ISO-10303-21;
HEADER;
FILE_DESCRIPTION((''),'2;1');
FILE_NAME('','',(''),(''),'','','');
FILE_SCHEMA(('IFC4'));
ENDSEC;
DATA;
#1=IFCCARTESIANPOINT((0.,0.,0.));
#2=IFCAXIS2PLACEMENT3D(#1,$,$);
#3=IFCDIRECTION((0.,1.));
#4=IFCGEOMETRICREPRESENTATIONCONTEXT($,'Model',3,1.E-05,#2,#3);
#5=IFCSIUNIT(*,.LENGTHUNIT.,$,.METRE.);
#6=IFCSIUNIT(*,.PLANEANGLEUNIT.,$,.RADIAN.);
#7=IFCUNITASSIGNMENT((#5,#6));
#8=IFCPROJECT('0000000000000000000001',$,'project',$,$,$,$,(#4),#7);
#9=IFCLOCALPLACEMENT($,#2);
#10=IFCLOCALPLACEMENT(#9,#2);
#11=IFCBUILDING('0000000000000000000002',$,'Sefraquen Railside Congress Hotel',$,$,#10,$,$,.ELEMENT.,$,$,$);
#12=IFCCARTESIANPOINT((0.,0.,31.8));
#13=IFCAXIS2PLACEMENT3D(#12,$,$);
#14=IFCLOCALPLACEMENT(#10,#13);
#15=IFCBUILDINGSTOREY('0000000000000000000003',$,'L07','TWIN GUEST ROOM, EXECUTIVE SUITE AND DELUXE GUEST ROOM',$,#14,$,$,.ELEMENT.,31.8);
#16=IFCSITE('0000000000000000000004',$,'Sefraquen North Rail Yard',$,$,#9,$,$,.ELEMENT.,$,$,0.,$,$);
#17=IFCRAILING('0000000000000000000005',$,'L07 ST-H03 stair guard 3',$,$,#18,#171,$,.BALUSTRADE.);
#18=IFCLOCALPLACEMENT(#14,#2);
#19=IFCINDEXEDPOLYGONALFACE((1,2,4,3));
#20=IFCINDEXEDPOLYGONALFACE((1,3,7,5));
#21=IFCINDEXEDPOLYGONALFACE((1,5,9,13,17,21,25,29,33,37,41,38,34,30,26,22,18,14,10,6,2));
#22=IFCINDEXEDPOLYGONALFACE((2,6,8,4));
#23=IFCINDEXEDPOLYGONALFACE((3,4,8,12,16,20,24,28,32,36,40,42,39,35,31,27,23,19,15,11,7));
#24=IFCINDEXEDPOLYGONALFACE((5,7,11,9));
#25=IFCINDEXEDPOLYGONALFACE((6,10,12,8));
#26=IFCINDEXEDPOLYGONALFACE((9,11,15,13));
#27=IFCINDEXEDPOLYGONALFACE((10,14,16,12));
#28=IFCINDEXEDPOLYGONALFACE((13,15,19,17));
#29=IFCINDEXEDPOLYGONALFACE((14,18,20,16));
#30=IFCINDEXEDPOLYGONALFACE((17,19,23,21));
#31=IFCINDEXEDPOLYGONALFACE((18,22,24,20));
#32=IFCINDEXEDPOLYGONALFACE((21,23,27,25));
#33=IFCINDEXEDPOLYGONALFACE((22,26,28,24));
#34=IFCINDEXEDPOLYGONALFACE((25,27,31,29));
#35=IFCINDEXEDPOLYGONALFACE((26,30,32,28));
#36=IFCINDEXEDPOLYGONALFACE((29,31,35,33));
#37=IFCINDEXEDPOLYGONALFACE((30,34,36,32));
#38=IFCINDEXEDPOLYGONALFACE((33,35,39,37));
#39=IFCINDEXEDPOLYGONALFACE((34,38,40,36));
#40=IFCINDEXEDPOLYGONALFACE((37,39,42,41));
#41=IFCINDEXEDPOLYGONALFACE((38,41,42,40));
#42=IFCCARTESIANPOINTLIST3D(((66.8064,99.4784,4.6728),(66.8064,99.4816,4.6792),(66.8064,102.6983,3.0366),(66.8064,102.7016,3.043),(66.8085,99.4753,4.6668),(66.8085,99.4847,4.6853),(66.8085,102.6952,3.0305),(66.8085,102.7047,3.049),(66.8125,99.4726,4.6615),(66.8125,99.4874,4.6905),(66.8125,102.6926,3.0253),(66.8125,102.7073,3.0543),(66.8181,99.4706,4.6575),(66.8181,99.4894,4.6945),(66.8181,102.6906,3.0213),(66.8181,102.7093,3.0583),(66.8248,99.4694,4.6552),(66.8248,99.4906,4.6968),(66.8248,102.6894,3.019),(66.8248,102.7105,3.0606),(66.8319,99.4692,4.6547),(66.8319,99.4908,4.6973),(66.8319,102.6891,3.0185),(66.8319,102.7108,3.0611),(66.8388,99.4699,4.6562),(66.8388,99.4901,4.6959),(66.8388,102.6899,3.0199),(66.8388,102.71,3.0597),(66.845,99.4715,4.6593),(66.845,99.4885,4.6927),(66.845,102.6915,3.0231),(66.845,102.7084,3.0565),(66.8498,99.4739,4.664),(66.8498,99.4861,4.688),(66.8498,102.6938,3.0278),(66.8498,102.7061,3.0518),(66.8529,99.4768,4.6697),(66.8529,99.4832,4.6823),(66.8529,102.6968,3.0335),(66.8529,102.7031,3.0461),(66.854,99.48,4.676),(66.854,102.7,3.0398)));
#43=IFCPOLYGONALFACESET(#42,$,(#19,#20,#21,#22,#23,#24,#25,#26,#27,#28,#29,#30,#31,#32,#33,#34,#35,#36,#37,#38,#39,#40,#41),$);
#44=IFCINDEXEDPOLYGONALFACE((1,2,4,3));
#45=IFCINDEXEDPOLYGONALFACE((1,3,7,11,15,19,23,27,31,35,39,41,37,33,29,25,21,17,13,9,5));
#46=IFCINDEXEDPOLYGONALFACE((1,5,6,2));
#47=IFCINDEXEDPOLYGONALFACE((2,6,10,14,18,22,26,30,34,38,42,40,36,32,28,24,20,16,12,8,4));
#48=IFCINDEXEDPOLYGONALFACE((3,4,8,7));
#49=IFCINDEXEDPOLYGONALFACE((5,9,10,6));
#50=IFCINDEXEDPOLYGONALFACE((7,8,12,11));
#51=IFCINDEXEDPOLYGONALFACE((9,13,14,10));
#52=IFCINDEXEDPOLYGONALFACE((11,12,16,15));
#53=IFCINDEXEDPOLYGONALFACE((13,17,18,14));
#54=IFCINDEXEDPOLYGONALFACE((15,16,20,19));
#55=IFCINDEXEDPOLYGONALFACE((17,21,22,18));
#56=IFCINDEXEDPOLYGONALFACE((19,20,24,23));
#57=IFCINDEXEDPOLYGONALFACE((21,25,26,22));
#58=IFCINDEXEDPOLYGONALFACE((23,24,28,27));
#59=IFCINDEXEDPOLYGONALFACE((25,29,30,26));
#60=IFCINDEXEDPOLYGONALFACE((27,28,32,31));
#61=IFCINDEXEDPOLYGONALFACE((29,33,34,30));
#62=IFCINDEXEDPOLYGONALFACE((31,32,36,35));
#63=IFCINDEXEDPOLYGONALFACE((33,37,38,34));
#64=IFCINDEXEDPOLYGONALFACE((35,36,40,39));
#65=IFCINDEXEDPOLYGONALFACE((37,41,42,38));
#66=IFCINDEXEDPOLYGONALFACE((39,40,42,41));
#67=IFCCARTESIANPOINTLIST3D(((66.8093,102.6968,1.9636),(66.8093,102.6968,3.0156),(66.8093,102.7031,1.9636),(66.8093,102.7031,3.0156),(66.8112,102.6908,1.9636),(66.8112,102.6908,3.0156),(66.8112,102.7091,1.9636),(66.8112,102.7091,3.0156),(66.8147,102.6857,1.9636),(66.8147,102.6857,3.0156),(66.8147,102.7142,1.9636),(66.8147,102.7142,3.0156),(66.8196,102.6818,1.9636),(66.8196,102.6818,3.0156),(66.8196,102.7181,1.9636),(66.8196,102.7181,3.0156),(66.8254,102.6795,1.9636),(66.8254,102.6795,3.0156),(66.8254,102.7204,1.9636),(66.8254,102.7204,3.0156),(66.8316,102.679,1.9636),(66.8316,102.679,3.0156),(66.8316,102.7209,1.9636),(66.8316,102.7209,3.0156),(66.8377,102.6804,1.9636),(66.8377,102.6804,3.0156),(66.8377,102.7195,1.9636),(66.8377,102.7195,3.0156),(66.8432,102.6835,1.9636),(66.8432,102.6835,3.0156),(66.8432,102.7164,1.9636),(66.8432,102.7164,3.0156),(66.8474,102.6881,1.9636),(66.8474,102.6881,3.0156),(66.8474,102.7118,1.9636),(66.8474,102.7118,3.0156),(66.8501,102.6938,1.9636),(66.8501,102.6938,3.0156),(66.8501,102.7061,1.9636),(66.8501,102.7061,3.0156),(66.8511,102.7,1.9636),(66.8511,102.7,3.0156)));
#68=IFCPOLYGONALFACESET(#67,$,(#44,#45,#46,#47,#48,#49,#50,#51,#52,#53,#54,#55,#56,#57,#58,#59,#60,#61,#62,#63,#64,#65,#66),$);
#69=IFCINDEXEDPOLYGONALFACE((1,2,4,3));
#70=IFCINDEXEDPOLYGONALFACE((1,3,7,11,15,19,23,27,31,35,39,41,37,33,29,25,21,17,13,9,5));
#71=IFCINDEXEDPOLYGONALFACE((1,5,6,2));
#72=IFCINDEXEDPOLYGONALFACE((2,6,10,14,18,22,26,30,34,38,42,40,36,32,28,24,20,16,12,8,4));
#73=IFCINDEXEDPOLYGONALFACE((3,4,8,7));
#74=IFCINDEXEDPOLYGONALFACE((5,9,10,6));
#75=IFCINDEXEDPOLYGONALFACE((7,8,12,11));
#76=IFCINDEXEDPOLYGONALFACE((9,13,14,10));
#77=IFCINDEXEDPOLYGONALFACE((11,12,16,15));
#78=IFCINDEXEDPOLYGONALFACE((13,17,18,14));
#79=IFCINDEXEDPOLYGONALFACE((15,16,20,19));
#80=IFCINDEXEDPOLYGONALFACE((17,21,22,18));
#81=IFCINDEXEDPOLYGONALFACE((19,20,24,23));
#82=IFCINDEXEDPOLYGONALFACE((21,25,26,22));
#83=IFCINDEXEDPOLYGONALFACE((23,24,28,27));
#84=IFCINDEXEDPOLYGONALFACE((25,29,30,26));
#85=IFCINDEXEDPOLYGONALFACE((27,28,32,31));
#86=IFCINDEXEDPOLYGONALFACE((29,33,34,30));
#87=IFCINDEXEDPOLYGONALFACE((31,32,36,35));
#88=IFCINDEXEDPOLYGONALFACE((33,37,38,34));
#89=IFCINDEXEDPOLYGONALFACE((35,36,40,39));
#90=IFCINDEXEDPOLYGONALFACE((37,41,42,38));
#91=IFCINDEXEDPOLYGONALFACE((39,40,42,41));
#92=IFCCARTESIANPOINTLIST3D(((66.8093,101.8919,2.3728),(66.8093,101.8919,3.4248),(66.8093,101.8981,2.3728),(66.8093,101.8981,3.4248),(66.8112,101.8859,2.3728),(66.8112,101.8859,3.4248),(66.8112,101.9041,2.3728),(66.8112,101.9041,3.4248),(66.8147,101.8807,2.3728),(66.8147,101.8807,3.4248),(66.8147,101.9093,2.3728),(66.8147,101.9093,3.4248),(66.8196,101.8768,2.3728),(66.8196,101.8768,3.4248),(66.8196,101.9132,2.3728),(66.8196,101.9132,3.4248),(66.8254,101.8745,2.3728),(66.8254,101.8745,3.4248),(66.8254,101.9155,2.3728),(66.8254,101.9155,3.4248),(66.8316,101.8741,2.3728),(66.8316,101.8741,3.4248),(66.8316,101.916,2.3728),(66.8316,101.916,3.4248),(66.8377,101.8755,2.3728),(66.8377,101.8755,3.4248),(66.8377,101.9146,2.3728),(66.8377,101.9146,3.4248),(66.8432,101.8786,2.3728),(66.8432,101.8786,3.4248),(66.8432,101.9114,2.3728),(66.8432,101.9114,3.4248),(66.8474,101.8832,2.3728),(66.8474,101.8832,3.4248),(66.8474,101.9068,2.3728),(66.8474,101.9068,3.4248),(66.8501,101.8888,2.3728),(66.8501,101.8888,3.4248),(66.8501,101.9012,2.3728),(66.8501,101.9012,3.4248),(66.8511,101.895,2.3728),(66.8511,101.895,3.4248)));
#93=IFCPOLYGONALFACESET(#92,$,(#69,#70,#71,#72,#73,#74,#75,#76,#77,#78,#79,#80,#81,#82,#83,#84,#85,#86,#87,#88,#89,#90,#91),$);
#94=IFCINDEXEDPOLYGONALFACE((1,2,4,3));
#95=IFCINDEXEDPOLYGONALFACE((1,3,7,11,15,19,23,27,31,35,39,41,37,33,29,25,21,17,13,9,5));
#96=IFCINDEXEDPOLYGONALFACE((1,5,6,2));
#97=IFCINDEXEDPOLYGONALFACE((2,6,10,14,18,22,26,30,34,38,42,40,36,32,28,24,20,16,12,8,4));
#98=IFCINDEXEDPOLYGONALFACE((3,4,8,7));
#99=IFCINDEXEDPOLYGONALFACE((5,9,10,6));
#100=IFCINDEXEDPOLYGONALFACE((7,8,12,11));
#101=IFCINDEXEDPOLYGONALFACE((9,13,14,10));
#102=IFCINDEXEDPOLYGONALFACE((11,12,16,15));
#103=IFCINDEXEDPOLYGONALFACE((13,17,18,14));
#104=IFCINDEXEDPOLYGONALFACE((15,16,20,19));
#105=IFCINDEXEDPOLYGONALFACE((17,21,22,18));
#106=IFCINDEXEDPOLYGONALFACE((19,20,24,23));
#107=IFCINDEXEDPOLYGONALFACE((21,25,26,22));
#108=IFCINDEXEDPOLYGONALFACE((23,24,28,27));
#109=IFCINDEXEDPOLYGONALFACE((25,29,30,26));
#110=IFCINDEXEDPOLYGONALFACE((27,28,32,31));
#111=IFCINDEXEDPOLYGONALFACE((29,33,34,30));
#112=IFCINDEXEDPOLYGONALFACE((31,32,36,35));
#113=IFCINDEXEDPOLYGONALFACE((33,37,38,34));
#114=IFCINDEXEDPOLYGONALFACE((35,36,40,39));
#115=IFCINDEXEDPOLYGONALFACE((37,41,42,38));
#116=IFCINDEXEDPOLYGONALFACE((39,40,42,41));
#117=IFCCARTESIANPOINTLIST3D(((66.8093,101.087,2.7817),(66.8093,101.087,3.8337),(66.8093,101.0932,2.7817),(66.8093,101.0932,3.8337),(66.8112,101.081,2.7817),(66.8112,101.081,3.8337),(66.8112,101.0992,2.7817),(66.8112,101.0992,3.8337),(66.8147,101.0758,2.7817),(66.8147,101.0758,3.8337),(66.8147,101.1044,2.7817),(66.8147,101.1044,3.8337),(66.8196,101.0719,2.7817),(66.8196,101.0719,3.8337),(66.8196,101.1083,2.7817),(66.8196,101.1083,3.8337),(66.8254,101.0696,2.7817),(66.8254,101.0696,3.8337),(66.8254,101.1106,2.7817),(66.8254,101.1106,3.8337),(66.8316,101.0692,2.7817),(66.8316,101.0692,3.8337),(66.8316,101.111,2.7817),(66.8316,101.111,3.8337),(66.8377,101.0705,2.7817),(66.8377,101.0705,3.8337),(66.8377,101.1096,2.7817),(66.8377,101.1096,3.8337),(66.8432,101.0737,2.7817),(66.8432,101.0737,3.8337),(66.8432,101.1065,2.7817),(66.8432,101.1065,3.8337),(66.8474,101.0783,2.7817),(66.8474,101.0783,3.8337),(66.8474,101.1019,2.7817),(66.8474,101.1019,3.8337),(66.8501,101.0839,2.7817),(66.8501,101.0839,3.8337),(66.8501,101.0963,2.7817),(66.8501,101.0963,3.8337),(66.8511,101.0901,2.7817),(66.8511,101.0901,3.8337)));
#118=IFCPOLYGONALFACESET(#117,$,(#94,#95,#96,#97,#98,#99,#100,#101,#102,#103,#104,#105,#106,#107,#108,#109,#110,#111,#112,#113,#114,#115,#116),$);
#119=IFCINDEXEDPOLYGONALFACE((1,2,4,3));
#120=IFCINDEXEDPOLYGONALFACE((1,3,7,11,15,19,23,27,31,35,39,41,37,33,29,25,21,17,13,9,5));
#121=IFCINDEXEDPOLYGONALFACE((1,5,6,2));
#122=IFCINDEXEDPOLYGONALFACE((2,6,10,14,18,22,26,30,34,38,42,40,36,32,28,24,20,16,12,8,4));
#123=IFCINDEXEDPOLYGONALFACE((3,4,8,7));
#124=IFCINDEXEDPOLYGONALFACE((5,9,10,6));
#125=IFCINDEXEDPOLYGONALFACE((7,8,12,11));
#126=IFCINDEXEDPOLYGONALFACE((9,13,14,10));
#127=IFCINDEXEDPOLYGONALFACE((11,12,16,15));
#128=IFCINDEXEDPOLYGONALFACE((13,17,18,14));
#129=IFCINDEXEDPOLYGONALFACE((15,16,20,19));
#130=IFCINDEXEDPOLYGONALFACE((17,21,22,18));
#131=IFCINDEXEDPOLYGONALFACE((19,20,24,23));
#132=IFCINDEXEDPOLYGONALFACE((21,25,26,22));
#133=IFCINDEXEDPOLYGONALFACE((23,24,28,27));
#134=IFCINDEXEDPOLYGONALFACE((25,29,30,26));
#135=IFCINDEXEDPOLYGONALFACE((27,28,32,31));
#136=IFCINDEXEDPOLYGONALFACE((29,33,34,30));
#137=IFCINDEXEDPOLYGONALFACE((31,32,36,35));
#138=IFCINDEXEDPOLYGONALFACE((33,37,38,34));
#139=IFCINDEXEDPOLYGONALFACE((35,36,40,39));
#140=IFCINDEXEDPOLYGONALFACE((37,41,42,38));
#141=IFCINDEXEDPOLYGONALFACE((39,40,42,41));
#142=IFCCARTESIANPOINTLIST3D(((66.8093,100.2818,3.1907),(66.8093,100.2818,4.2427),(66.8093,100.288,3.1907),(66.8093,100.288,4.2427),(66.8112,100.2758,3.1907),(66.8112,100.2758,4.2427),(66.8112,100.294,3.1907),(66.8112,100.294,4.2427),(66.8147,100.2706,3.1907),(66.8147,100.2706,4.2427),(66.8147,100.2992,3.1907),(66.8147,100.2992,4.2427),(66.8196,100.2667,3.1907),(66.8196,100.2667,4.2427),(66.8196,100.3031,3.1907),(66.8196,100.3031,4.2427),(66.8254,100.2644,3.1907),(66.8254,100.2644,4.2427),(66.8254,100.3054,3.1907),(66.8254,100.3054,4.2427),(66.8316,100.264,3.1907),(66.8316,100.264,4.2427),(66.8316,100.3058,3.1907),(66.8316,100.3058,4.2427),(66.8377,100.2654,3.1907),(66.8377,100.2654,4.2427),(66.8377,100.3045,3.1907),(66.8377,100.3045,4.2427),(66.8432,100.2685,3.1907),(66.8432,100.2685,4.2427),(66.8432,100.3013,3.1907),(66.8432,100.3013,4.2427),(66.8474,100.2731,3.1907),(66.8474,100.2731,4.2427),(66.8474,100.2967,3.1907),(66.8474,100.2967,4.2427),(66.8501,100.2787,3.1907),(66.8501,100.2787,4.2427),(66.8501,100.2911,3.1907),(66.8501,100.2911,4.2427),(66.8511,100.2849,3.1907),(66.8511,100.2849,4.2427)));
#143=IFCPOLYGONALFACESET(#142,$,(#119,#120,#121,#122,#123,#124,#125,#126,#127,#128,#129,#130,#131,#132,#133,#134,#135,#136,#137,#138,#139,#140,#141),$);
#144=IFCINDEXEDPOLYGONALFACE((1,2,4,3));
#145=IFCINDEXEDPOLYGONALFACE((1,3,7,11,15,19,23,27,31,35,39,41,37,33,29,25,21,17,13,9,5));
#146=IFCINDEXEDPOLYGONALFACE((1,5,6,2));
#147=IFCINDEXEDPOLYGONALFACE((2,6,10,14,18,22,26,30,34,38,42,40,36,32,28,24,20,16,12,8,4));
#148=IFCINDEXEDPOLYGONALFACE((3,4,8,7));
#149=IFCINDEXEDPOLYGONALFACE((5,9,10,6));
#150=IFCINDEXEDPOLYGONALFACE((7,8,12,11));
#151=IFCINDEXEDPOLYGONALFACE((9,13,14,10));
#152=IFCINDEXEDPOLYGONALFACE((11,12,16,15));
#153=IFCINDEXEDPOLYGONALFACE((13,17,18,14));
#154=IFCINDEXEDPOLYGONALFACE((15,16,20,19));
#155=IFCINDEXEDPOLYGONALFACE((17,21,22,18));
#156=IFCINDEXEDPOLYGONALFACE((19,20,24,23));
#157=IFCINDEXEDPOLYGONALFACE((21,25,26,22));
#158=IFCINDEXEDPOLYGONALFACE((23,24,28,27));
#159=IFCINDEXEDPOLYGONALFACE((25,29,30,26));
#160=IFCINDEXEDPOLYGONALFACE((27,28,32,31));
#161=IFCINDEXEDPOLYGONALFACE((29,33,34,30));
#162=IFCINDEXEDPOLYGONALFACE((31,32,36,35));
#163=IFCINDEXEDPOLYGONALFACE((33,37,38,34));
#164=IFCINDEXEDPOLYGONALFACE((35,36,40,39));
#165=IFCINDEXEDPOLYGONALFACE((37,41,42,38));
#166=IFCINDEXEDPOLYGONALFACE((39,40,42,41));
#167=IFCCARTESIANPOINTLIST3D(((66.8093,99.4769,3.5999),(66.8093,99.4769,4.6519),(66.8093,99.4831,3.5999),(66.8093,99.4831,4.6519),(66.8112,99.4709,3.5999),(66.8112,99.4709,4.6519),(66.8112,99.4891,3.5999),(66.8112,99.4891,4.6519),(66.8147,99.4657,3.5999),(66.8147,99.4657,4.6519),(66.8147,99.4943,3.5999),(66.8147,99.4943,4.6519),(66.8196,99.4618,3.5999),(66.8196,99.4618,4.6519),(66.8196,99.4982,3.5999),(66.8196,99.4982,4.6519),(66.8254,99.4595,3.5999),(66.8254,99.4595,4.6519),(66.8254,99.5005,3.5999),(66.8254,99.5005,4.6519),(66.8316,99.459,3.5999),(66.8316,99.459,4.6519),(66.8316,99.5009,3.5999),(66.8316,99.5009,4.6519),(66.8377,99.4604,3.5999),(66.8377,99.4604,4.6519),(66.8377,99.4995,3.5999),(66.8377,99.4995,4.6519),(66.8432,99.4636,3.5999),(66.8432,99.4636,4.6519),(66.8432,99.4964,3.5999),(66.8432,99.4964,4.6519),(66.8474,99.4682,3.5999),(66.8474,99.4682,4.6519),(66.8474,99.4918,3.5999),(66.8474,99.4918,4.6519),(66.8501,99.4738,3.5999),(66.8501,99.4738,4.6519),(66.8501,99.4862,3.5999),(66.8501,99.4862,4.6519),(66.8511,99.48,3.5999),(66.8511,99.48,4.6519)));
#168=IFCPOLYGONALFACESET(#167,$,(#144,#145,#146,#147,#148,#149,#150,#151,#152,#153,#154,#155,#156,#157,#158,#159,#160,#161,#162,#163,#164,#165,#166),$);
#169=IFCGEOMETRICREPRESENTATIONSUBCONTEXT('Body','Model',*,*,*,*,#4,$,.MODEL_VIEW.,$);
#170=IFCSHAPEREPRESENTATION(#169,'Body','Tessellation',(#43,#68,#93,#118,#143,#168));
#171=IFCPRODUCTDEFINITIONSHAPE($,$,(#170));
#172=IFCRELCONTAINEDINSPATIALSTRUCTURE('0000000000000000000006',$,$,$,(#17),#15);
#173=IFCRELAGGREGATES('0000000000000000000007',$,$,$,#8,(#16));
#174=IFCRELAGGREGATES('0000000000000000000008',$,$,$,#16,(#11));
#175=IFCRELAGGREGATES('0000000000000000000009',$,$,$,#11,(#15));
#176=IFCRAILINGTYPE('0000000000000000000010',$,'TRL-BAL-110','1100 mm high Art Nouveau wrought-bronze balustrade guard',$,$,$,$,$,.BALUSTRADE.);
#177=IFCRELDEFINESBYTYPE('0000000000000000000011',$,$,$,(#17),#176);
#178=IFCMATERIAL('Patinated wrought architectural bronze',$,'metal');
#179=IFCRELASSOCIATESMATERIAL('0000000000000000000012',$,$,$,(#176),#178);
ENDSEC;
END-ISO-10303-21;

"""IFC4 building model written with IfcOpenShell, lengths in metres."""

from ifc_helpers import new_model, si_unit, direction, frame, origin, origin_2d, place, context, subcontext, project, spatial, circle, extrude, material, type_object, element, save


model = new_model("IFC4")

# Units and contexts
model_context = context("Model", 3, precision=1e-05, world=origin(), true_north=direction((0.0, 1.0)))
body_context = subcontext(model_context, "Body", "Model", "MODEL_VIEW")
ifc_project = project(units=[si_unit("LENGTHUNIT", "METRE"), si_unit("PLANEANGLEUNIT", "RADIAN")], contexts=[model_context])

# Site, building, storey
site_placement = place(None, origin())
site = spatial("IfcSite", under=ifc_project, at=site_placement, Name="Sefraquen North Rail Yard", CompositionType="ELEMENT", RefElevation=0.0)
building_placement = place(site_placement, origin())
building = spatial("IfcBuilding", under=site, at=building_placement, Name="Sefraquen Railside Congress Hotel", CompositionType="ELEMENT")
storey_placement = place(building_placement, frame((0.0, 0.0, 31.8)))
storey = spatial("IfcBuildingStorey", under=building, at=storey_placement, Name="L07", Description="TWIN GUEST ROOM, EXECUTIVE SUITE AND DELUXE GUEST ROOM", CompositionType="ELEMENT", Elevation=31.8)

# Railing
ifc_material_1 = material(Name="Patinated wrought architectural bronze", Category="metal")
railing_type_1 = type_object("IfcRailingType", Name="TRL-BAL-110", Description="1100 mm high Art Nouveau wrought-bronze balustrade guard", PredefinedType="BALUSTRADE", material=ifc_material_1)
railing_1_placement = place(storey_placement, frame((66.8301, 102.7, 1.9636)))
element("IfcRailing", 1, at=railing_1_placement, inside=storey, type_object=railing_type_1, Name="L07 ST-H03 stair guard 3", PredefinedType="BALUSTRADE", context=body_context, shape_type="SweptSolid", body=[
    extrude(circle(Radius=0.0239, at=origin_2d()), frame((0.0, 0.0, 1.0762), z_axis=(0.0, -0.891502, 0.453017), x_axis=(1.0, 0.0, 0.0)), (0.0, 0.0, 1.0), 3.6118),
    extrude(circle(Radius=0.021, at=origin_2d()), origin(), (0.0, 0.0, 1.0), 1.052),
    extrude(circle(Radius=0.021, at=origin_2d()), frame((0.0, -0.8049, 0.4092)), (0.0, 0.0, 1.0), 1.052),
    extrude(circle(Radius=0.021, at=origin_2d()), frame((0.0, -1.6099, 0.8181)), (0.0, 0.0, 1.0), 1.052),
    extrude(circle(Radius=0.021, at=origin_2d()), frame((0.0, -2.415, 1.2271)), (0.0, 0.0, 1.0), 1.052),
    extrude(circle(Radius=0.021, at=origin_2d()), frame((0.0, -3.22, 1.6362)), (0.0, 0.0, 1.0), 1.052),
])

save(model, "model.ifc")
